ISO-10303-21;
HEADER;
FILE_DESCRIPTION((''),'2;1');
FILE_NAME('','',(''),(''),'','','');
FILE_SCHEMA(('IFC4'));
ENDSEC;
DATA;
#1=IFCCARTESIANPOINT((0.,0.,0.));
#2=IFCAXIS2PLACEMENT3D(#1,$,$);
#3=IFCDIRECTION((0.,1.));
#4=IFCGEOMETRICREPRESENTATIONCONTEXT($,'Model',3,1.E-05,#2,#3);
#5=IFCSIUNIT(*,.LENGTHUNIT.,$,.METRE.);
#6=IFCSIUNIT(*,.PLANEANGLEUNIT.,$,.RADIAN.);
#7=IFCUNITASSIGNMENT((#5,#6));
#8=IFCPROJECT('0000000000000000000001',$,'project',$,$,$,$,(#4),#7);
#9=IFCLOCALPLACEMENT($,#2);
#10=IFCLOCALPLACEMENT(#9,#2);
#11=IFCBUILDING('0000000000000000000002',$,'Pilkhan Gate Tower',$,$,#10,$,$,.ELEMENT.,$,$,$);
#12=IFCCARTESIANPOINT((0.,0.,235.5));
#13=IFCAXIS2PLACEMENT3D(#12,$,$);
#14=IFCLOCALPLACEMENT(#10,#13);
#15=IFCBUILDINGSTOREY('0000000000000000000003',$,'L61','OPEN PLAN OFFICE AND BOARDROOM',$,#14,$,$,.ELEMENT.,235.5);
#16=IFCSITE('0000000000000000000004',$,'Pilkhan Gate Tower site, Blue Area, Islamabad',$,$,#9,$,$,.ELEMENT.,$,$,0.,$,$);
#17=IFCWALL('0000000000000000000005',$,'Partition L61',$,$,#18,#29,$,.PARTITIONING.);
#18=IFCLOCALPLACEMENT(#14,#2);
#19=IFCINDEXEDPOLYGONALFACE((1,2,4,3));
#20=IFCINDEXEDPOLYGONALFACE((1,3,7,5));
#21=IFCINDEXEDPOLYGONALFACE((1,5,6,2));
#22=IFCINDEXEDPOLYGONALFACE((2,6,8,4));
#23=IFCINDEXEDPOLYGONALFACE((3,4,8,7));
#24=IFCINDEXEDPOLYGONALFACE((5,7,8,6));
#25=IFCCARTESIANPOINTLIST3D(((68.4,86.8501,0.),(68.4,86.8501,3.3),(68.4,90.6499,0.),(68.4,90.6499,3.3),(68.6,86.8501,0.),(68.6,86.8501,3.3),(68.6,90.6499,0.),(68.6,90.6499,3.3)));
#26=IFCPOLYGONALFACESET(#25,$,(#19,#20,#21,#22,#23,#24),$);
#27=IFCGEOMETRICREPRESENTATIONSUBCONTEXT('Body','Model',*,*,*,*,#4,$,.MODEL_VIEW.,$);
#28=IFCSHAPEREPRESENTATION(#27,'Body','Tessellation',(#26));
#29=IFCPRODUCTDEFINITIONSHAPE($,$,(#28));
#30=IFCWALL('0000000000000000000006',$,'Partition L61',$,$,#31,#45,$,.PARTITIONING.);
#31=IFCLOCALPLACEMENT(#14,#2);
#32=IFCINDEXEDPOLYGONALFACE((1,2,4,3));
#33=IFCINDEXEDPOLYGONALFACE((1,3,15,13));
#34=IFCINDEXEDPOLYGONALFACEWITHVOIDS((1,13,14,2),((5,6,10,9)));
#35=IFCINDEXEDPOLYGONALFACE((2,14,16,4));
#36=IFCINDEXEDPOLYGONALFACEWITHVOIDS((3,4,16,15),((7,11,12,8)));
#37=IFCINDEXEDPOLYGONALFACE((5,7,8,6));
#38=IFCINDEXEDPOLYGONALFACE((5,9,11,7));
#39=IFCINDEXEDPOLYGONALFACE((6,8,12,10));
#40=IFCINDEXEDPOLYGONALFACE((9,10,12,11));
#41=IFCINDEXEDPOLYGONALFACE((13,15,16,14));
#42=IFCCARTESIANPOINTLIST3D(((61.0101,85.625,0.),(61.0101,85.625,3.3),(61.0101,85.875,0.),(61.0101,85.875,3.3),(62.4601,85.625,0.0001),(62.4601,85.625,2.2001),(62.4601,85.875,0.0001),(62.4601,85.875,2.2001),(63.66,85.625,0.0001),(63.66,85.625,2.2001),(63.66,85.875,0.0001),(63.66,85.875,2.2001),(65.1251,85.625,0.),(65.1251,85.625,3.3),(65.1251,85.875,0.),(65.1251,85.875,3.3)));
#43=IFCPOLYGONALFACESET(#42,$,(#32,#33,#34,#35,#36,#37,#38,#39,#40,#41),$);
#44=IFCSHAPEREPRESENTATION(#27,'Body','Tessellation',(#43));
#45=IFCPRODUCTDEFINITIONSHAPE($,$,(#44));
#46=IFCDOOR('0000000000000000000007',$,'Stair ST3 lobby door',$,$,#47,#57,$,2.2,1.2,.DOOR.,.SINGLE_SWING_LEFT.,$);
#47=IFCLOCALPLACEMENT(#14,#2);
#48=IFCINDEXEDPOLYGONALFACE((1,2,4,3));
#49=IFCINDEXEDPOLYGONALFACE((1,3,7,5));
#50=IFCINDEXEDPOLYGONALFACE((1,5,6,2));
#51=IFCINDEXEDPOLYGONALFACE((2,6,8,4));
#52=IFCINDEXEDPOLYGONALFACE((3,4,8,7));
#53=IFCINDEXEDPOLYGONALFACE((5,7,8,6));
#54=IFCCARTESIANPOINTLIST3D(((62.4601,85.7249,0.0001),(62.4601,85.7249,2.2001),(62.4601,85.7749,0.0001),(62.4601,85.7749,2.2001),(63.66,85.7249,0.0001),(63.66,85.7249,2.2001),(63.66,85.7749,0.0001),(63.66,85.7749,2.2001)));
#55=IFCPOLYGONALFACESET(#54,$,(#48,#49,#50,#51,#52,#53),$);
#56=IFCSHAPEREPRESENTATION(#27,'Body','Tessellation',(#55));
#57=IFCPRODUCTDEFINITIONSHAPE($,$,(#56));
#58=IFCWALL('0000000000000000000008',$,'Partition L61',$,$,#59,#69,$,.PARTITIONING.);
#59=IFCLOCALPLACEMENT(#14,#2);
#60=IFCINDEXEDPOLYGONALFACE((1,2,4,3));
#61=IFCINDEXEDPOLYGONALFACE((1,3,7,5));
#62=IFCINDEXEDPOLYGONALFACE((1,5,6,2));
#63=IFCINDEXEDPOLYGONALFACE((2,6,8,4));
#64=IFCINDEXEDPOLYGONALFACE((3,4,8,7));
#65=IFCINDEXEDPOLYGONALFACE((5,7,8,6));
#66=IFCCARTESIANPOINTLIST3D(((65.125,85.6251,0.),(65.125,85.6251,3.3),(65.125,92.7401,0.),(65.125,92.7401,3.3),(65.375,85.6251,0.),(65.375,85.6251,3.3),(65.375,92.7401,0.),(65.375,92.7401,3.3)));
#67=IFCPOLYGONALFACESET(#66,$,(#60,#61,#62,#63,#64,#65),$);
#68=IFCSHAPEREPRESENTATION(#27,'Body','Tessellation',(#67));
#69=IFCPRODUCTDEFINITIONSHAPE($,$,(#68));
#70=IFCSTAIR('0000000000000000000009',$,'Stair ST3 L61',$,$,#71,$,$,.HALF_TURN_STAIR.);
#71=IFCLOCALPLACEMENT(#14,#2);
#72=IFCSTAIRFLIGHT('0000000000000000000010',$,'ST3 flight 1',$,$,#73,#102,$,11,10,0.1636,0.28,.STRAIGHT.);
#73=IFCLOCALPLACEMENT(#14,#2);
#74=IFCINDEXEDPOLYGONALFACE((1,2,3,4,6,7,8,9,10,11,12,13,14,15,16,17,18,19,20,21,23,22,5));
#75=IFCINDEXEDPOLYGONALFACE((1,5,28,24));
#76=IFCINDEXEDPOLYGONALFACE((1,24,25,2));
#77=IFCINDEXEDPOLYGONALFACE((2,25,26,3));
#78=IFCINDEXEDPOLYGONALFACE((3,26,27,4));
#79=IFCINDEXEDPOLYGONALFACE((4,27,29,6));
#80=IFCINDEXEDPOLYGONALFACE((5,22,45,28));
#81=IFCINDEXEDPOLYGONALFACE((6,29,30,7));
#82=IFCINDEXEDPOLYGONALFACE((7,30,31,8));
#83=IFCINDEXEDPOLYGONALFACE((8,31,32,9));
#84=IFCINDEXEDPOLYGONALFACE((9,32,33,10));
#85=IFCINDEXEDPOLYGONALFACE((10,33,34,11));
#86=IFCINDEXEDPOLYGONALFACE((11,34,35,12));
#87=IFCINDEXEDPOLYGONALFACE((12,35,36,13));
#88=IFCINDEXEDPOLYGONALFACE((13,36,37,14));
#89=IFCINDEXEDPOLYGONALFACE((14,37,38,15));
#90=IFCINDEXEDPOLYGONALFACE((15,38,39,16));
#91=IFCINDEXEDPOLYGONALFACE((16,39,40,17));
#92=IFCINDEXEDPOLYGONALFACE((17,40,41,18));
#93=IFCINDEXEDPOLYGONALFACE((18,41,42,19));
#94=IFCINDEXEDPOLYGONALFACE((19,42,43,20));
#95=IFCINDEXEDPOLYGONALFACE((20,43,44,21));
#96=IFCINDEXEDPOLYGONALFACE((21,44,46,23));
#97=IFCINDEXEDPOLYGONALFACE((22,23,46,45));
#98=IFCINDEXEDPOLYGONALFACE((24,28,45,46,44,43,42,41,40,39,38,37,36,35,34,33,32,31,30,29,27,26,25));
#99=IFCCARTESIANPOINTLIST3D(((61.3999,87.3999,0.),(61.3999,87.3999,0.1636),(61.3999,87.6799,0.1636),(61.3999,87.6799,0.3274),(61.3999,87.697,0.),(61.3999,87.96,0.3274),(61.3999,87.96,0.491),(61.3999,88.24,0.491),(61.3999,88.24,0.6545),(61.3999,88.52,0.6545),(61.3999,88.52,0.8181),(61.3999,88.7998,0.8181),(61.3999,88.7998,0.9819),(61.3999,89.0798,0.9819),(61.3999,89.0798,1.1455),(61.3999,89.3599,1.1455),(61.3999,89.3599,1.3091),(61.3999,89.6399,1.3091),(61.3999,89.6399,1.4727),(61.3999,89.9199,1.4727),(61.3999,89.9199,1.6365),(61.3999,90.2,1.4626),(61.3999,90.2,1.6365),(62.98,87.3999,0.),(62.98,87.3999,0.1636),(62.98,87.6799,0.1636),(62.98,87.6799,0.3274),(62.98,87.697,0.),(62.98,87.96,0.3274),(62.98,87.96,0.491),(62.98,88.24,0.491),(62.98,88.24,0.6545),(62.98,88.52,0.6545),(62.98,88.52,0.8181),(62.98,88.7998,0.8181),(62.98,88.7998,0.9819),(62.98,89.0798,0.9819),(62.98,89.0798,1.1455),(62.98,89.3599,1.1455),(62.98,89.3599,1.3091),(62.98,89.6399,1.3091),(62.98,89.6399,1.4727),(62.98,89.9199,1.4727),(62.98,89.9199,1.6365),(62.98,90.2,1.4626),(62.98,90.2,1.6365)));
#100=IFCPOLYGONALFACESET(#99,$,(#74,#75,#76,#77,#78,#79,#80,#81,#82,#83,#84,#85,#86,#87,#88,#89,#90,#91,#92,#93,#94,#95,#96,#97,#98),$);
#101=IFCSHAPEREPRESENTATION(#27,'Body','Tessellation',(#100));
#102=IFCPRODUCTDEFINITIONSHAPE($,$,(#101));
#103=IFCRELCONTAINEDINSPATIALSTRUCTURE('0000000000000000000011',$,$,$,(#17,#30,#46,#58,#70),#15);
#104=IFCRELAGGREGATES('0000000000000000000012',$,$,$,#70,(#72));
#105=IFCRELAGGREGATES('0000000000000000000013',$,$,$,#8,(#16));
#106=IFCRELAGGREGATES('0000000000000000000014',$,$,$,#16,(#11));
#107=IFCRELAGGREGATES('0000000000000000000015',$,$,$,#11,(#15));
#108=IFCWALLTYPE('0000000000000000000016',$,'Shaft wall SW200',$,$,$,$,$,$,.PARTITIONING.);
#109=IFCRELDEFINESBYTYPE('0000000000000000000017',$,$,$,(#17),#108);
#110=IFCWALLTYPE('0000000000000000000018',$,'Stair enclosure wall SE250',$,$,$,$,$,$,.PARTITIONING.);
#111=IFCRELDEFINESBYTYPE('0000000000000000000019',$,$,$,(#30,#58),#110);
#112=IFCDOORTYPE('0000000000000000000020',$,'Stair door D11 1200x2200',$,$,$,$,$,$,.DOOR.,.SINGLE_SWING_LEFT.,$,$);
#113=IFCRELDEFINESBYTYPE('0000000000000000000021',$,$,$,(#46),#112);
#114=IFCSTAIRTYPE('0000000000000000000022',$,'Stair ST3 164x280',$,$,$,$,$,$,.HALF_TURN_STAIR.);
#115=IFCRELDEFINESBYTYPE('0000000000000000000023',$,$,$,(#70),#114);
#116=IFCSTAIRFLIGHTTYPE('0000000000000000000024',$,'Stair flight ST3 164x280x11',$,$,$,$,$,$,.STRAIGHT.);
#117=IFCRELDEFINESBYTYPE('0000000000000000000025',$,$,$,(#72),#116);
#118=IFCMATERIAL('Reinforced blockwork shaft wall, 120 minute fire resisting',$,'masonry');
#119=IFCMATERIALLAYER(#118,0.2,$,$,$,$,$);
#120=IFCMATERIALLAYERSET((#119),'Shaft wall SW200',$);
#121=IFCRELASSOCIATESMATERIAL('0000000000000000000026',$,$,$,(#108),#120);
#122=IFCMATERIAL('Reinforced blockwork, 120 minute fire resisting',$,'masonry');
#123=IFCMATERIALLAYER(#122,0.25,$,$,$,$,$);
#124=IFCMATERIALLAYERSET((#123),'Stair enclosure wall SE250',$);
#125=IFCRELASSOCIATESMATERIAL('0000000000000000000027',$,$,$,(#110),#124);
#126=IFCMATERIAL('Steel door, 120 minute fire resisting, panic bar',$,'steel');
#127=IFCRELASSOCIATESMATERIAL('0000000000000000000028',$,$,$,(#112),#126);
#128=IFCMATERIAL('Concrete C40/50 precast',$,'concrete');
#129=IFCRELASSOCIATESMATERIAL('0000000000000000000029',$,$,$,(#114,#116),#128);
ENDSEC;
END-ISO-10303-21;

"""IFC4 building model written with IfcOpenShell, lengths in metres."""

from ifc_helpers import new_model, si_unit, direction, frame, frame_2d, origin, place, context, subcontext, project, spatial, polyline, rectangle, outline, extrude, material, layer, layer_set, type_object, element, fill, aggregate, save


model = new_model("IFC4")

# Units and contexts
model_context = context("Model", 3, precision=1e-05, world=origin(), true_north=direction((0.0, 1.0)))
body_context = subcontext(model_context, "Body", "Model", "MODEL_VIEW")
ifc_project = project(units=[si_unit("LENGTHUNIT", "METRE"), si_unit("PLANEANGLEUNIT", "RADIAN")], contexts=[model_context])

# Site, building, storey
site_placement = place(None, origin())
site = spatial("IfcSite", under=ifc_project, at=site_placement, Name="Pilkhan Gate Tower site, Blue Area, Islamabad", CompositionType="ELEMENT", RefElevation=0.0)
building_placement = place(site_placement, origin())
building = spatial("IfcBuilding", under=site, at=building_placement, Name="Pilkhan Gate Tower", CompositionType="ELEMENT")
storey_placement = place(building_placement, frame((0.0, 0.0, 235.5)))
storey = spatial("IfcBuildingStorey", under=building, at=storey_placement, Name="L61", Description="OPEN PLAN OFFICE AND BOARDROOM", CompositionType="ELEMENT", Elevation=235.5)

# Shared definitions
ifc_material_1 = material(Name="Reinforced blockwork shaft wall, 120 minute fire resisting", Category="masonry")
ifc_layer_1 = layer(ifc_material_1, 0.2)
ifc_layer_set_1 = layer_set([ifc_layer_1], Name="Shaft wall SW200")
wall_type_1 = type_object("IfcWallType", Name="Shaft wall SW200", PredefinedType="PARTITIONING", material=ifc_layer_set_1)

# Wall
wall_1_placement = place(storey_placement, frame((68.5, 86.8501, 0.0), z_axis=(0.0, 0.0, 1.0), x_axis=(0.0, 1.0, 0.0)))
element("IfcWall", 1, at=wall_1_placement, inside=storey, type_object=wall_type_1, Name="Partition L61", PredefinedType="PARTITIONING", context=body_context, shape_type="SweptSolid", body=[
    extrude(rectangle(XDim=3.7998, YDim=0.2, at=frame_2d((1.8999, 0.0))), origin(), (0.0, 0.0, 1.0), 3.3),
])

# Wall, opening, door
ifc_material_2 = material(Name="Reinforced blockwork, 120 minute fire resisting", Category="masonry")
ifc_layer_2 = layer(ifc_material_2, 0.25)
ifc_layer_set_2 = layer_set([ifc_layer_2], Name="Stair enclosure wall SE250")
wall_type_2 = type_object("IfcWallType", Name="Stair enclosure wall SE250", PredefinedType="PARTITIONING", material=ifc_layer_set_2)
wall_2_placement = place(storey_placement, frame((61.01, 85.75, 0.0), z_axis=(0.0, 0.0, 1.0), x_axis=(1.0, 0.0, 0.0)))
wall_2 = element("IfcWall", 2, at=wall_2_placement, inside=storey, type_object=wall_type_2, Name="Partition L61", PredefinedType="PARTITIONING", context=body_context, shape_type="SweptSolid", body=[
    extrude(rectangle(XDim=4.115, YDim=0.25, at=frame_2d((2.0576, 0.0))), origin(), (0.0, 0.0, 1.0), 3.3),
])
opening_1_placement = place(wall_2_placement, frame((1.45, 0.0, 0.0)))
opening_1 = element("IfcOpeningElement", 3, at=opening_1_placement, cuts=wall_2, PredefinedType="OPENING", context=body_context, shape_type="SweptSolid", body=[
    extrude(rectangle(XDim=1.2, YDim=2.2, at=frame_2d((0.6001, 1.1001))), frame((0.0, 0.135, 0.0), z_axis=(0.0, -1.0, 0.0), x_axis=(1.0, 0.0, 0.0)), (0.0, 0.0, 1.0), 0.27),
])
ifc_material_3 = material(Name="Steel door, 120 minute fire resisting, panic bar", Category="steel")
door_type_1 = type_object("IfcDoorType", Name="Stair door D11 1200x2200", OperationType="SINGLE_SWING_LEFT", PredefinedType="DOOR", material=ifc_material_3)
door_1_placement = place(opening_1_placement, origin())
door_1 = element("IfcDoor", 4, at=door_1_placement, inside=storey, type_object=door_type_1, Name="Stair ST3 lobby door", OperationType="SINGLE_SWING_LEFT", OverallHeight=2.2, OverallWidth=1.2, PredefinedType="DOOR", context=body_context, shape_type="SweptSolid", body=[
    extrude(rectangle(XDim=1.2, YDim=2.2, at=frame_2d((0.6001, 1.1001))), frame((0.0, 0.0249, 0.0), z_axis=(0.0, -1.0, 0.0), x_axis=(1.0, 0.0, 0.0)), (0.0, 0.0, 1.0), 0.05),
])
fill(opening_1, door_1)

# Wall
wall_3_placement = place(storey_placement, frame((65.25, 85.625, 0.0), z_axis=(0.0, 0.0, 1.0), x_axis=(0.0, 1.0, 0.0)))
element("IfcWall", 5, at=wall_3_placement, inside=storey, type_object=wall_type_2, Name="Partition L61", PredefinedType="PARTITIONING", context=body_context, shape_type="SweptSolid", body=[
    extrude(rectangle(XDim=7.115, YDim=0.25, at=frame_2d((3.5576, 0.0))), origin(), (0.0, 0.0, 1.0), 3.3),
])

# Stair, stair flight
ifc_material_4 = material(Name="Concrete C40/50 precast", Category="concrete")
stair_type = type_object("IfcStairType", Name="Stair ST3 164x280", PredefinedType="HALF_TURN_STAIR", material=ifc_material_4)
stair_placement = place(storey_placement, origin())
stair = element("IfcStair", 6, at=stair_placement, inside=storey, type_object=stair_type, Name="Stair ST3 L61", PredefinedType="HALF_TURN_STAIR")
stair_flight_type = type_object("IfcStairFlightType", Name="Stair flight ST3 164x280x11", PredefinedType="STRAIGHT", material=ifc_material_4)
stair_flight_placement = place(storey_placement, frame((62.1899, 87.3999, 0.0), z_axis=(0.0, 0.0, 1.0), x_axis=(0.0, 1.0, 0.0)))
stair_flight = element("IfcStairFlight", 7, at=stair_flight_placement, type_object=stair_flight_type, Name="ST3 flight 1", NumberOfRisers=11, NumberOfTreads=10, PredefinedType="STRAIGHT", RiserHeight=0.1636, TreadLength=0.28, context=body_context, shape_type="SweptSolid", body=[
    extrude(outline(polyline([(0.0, 0.0), (0.0, 0.1636), (0.28, 0.1636), (0.28, 0.3274), (0.5601, 0.3274), (0.5601, 0.491), (0.8401, 0.491), (0.8401, 0.6545), (1.1201, 0.6545), (1.1201, 0.8181), (1.3999, 0.8181), (1.3999, 0.9819), (1.6799, 0.9819), (1.6799, 1.1455), (1.96, 1.1455), (1.96, 1.3091), (2.24, 1.3091), (2.24, 1.4727), (2.52, 1.4727), (2.52, 1.6365), (2.8, 1.6365), (2.8, 1.8), (2.8, 1.4626), (0.2971, 0.0), (0.0, 0.0)])), frame((0.0, 0.79, 0.0), z_axis=(0.0, -1.0, 0.0), x_axis=(1.0, 0.0, 0.0)), (0.0, 0.0, 1.0), 1.5801),
])
aggregate(stair, [stair_flight])

save(model, "model.ifc")
